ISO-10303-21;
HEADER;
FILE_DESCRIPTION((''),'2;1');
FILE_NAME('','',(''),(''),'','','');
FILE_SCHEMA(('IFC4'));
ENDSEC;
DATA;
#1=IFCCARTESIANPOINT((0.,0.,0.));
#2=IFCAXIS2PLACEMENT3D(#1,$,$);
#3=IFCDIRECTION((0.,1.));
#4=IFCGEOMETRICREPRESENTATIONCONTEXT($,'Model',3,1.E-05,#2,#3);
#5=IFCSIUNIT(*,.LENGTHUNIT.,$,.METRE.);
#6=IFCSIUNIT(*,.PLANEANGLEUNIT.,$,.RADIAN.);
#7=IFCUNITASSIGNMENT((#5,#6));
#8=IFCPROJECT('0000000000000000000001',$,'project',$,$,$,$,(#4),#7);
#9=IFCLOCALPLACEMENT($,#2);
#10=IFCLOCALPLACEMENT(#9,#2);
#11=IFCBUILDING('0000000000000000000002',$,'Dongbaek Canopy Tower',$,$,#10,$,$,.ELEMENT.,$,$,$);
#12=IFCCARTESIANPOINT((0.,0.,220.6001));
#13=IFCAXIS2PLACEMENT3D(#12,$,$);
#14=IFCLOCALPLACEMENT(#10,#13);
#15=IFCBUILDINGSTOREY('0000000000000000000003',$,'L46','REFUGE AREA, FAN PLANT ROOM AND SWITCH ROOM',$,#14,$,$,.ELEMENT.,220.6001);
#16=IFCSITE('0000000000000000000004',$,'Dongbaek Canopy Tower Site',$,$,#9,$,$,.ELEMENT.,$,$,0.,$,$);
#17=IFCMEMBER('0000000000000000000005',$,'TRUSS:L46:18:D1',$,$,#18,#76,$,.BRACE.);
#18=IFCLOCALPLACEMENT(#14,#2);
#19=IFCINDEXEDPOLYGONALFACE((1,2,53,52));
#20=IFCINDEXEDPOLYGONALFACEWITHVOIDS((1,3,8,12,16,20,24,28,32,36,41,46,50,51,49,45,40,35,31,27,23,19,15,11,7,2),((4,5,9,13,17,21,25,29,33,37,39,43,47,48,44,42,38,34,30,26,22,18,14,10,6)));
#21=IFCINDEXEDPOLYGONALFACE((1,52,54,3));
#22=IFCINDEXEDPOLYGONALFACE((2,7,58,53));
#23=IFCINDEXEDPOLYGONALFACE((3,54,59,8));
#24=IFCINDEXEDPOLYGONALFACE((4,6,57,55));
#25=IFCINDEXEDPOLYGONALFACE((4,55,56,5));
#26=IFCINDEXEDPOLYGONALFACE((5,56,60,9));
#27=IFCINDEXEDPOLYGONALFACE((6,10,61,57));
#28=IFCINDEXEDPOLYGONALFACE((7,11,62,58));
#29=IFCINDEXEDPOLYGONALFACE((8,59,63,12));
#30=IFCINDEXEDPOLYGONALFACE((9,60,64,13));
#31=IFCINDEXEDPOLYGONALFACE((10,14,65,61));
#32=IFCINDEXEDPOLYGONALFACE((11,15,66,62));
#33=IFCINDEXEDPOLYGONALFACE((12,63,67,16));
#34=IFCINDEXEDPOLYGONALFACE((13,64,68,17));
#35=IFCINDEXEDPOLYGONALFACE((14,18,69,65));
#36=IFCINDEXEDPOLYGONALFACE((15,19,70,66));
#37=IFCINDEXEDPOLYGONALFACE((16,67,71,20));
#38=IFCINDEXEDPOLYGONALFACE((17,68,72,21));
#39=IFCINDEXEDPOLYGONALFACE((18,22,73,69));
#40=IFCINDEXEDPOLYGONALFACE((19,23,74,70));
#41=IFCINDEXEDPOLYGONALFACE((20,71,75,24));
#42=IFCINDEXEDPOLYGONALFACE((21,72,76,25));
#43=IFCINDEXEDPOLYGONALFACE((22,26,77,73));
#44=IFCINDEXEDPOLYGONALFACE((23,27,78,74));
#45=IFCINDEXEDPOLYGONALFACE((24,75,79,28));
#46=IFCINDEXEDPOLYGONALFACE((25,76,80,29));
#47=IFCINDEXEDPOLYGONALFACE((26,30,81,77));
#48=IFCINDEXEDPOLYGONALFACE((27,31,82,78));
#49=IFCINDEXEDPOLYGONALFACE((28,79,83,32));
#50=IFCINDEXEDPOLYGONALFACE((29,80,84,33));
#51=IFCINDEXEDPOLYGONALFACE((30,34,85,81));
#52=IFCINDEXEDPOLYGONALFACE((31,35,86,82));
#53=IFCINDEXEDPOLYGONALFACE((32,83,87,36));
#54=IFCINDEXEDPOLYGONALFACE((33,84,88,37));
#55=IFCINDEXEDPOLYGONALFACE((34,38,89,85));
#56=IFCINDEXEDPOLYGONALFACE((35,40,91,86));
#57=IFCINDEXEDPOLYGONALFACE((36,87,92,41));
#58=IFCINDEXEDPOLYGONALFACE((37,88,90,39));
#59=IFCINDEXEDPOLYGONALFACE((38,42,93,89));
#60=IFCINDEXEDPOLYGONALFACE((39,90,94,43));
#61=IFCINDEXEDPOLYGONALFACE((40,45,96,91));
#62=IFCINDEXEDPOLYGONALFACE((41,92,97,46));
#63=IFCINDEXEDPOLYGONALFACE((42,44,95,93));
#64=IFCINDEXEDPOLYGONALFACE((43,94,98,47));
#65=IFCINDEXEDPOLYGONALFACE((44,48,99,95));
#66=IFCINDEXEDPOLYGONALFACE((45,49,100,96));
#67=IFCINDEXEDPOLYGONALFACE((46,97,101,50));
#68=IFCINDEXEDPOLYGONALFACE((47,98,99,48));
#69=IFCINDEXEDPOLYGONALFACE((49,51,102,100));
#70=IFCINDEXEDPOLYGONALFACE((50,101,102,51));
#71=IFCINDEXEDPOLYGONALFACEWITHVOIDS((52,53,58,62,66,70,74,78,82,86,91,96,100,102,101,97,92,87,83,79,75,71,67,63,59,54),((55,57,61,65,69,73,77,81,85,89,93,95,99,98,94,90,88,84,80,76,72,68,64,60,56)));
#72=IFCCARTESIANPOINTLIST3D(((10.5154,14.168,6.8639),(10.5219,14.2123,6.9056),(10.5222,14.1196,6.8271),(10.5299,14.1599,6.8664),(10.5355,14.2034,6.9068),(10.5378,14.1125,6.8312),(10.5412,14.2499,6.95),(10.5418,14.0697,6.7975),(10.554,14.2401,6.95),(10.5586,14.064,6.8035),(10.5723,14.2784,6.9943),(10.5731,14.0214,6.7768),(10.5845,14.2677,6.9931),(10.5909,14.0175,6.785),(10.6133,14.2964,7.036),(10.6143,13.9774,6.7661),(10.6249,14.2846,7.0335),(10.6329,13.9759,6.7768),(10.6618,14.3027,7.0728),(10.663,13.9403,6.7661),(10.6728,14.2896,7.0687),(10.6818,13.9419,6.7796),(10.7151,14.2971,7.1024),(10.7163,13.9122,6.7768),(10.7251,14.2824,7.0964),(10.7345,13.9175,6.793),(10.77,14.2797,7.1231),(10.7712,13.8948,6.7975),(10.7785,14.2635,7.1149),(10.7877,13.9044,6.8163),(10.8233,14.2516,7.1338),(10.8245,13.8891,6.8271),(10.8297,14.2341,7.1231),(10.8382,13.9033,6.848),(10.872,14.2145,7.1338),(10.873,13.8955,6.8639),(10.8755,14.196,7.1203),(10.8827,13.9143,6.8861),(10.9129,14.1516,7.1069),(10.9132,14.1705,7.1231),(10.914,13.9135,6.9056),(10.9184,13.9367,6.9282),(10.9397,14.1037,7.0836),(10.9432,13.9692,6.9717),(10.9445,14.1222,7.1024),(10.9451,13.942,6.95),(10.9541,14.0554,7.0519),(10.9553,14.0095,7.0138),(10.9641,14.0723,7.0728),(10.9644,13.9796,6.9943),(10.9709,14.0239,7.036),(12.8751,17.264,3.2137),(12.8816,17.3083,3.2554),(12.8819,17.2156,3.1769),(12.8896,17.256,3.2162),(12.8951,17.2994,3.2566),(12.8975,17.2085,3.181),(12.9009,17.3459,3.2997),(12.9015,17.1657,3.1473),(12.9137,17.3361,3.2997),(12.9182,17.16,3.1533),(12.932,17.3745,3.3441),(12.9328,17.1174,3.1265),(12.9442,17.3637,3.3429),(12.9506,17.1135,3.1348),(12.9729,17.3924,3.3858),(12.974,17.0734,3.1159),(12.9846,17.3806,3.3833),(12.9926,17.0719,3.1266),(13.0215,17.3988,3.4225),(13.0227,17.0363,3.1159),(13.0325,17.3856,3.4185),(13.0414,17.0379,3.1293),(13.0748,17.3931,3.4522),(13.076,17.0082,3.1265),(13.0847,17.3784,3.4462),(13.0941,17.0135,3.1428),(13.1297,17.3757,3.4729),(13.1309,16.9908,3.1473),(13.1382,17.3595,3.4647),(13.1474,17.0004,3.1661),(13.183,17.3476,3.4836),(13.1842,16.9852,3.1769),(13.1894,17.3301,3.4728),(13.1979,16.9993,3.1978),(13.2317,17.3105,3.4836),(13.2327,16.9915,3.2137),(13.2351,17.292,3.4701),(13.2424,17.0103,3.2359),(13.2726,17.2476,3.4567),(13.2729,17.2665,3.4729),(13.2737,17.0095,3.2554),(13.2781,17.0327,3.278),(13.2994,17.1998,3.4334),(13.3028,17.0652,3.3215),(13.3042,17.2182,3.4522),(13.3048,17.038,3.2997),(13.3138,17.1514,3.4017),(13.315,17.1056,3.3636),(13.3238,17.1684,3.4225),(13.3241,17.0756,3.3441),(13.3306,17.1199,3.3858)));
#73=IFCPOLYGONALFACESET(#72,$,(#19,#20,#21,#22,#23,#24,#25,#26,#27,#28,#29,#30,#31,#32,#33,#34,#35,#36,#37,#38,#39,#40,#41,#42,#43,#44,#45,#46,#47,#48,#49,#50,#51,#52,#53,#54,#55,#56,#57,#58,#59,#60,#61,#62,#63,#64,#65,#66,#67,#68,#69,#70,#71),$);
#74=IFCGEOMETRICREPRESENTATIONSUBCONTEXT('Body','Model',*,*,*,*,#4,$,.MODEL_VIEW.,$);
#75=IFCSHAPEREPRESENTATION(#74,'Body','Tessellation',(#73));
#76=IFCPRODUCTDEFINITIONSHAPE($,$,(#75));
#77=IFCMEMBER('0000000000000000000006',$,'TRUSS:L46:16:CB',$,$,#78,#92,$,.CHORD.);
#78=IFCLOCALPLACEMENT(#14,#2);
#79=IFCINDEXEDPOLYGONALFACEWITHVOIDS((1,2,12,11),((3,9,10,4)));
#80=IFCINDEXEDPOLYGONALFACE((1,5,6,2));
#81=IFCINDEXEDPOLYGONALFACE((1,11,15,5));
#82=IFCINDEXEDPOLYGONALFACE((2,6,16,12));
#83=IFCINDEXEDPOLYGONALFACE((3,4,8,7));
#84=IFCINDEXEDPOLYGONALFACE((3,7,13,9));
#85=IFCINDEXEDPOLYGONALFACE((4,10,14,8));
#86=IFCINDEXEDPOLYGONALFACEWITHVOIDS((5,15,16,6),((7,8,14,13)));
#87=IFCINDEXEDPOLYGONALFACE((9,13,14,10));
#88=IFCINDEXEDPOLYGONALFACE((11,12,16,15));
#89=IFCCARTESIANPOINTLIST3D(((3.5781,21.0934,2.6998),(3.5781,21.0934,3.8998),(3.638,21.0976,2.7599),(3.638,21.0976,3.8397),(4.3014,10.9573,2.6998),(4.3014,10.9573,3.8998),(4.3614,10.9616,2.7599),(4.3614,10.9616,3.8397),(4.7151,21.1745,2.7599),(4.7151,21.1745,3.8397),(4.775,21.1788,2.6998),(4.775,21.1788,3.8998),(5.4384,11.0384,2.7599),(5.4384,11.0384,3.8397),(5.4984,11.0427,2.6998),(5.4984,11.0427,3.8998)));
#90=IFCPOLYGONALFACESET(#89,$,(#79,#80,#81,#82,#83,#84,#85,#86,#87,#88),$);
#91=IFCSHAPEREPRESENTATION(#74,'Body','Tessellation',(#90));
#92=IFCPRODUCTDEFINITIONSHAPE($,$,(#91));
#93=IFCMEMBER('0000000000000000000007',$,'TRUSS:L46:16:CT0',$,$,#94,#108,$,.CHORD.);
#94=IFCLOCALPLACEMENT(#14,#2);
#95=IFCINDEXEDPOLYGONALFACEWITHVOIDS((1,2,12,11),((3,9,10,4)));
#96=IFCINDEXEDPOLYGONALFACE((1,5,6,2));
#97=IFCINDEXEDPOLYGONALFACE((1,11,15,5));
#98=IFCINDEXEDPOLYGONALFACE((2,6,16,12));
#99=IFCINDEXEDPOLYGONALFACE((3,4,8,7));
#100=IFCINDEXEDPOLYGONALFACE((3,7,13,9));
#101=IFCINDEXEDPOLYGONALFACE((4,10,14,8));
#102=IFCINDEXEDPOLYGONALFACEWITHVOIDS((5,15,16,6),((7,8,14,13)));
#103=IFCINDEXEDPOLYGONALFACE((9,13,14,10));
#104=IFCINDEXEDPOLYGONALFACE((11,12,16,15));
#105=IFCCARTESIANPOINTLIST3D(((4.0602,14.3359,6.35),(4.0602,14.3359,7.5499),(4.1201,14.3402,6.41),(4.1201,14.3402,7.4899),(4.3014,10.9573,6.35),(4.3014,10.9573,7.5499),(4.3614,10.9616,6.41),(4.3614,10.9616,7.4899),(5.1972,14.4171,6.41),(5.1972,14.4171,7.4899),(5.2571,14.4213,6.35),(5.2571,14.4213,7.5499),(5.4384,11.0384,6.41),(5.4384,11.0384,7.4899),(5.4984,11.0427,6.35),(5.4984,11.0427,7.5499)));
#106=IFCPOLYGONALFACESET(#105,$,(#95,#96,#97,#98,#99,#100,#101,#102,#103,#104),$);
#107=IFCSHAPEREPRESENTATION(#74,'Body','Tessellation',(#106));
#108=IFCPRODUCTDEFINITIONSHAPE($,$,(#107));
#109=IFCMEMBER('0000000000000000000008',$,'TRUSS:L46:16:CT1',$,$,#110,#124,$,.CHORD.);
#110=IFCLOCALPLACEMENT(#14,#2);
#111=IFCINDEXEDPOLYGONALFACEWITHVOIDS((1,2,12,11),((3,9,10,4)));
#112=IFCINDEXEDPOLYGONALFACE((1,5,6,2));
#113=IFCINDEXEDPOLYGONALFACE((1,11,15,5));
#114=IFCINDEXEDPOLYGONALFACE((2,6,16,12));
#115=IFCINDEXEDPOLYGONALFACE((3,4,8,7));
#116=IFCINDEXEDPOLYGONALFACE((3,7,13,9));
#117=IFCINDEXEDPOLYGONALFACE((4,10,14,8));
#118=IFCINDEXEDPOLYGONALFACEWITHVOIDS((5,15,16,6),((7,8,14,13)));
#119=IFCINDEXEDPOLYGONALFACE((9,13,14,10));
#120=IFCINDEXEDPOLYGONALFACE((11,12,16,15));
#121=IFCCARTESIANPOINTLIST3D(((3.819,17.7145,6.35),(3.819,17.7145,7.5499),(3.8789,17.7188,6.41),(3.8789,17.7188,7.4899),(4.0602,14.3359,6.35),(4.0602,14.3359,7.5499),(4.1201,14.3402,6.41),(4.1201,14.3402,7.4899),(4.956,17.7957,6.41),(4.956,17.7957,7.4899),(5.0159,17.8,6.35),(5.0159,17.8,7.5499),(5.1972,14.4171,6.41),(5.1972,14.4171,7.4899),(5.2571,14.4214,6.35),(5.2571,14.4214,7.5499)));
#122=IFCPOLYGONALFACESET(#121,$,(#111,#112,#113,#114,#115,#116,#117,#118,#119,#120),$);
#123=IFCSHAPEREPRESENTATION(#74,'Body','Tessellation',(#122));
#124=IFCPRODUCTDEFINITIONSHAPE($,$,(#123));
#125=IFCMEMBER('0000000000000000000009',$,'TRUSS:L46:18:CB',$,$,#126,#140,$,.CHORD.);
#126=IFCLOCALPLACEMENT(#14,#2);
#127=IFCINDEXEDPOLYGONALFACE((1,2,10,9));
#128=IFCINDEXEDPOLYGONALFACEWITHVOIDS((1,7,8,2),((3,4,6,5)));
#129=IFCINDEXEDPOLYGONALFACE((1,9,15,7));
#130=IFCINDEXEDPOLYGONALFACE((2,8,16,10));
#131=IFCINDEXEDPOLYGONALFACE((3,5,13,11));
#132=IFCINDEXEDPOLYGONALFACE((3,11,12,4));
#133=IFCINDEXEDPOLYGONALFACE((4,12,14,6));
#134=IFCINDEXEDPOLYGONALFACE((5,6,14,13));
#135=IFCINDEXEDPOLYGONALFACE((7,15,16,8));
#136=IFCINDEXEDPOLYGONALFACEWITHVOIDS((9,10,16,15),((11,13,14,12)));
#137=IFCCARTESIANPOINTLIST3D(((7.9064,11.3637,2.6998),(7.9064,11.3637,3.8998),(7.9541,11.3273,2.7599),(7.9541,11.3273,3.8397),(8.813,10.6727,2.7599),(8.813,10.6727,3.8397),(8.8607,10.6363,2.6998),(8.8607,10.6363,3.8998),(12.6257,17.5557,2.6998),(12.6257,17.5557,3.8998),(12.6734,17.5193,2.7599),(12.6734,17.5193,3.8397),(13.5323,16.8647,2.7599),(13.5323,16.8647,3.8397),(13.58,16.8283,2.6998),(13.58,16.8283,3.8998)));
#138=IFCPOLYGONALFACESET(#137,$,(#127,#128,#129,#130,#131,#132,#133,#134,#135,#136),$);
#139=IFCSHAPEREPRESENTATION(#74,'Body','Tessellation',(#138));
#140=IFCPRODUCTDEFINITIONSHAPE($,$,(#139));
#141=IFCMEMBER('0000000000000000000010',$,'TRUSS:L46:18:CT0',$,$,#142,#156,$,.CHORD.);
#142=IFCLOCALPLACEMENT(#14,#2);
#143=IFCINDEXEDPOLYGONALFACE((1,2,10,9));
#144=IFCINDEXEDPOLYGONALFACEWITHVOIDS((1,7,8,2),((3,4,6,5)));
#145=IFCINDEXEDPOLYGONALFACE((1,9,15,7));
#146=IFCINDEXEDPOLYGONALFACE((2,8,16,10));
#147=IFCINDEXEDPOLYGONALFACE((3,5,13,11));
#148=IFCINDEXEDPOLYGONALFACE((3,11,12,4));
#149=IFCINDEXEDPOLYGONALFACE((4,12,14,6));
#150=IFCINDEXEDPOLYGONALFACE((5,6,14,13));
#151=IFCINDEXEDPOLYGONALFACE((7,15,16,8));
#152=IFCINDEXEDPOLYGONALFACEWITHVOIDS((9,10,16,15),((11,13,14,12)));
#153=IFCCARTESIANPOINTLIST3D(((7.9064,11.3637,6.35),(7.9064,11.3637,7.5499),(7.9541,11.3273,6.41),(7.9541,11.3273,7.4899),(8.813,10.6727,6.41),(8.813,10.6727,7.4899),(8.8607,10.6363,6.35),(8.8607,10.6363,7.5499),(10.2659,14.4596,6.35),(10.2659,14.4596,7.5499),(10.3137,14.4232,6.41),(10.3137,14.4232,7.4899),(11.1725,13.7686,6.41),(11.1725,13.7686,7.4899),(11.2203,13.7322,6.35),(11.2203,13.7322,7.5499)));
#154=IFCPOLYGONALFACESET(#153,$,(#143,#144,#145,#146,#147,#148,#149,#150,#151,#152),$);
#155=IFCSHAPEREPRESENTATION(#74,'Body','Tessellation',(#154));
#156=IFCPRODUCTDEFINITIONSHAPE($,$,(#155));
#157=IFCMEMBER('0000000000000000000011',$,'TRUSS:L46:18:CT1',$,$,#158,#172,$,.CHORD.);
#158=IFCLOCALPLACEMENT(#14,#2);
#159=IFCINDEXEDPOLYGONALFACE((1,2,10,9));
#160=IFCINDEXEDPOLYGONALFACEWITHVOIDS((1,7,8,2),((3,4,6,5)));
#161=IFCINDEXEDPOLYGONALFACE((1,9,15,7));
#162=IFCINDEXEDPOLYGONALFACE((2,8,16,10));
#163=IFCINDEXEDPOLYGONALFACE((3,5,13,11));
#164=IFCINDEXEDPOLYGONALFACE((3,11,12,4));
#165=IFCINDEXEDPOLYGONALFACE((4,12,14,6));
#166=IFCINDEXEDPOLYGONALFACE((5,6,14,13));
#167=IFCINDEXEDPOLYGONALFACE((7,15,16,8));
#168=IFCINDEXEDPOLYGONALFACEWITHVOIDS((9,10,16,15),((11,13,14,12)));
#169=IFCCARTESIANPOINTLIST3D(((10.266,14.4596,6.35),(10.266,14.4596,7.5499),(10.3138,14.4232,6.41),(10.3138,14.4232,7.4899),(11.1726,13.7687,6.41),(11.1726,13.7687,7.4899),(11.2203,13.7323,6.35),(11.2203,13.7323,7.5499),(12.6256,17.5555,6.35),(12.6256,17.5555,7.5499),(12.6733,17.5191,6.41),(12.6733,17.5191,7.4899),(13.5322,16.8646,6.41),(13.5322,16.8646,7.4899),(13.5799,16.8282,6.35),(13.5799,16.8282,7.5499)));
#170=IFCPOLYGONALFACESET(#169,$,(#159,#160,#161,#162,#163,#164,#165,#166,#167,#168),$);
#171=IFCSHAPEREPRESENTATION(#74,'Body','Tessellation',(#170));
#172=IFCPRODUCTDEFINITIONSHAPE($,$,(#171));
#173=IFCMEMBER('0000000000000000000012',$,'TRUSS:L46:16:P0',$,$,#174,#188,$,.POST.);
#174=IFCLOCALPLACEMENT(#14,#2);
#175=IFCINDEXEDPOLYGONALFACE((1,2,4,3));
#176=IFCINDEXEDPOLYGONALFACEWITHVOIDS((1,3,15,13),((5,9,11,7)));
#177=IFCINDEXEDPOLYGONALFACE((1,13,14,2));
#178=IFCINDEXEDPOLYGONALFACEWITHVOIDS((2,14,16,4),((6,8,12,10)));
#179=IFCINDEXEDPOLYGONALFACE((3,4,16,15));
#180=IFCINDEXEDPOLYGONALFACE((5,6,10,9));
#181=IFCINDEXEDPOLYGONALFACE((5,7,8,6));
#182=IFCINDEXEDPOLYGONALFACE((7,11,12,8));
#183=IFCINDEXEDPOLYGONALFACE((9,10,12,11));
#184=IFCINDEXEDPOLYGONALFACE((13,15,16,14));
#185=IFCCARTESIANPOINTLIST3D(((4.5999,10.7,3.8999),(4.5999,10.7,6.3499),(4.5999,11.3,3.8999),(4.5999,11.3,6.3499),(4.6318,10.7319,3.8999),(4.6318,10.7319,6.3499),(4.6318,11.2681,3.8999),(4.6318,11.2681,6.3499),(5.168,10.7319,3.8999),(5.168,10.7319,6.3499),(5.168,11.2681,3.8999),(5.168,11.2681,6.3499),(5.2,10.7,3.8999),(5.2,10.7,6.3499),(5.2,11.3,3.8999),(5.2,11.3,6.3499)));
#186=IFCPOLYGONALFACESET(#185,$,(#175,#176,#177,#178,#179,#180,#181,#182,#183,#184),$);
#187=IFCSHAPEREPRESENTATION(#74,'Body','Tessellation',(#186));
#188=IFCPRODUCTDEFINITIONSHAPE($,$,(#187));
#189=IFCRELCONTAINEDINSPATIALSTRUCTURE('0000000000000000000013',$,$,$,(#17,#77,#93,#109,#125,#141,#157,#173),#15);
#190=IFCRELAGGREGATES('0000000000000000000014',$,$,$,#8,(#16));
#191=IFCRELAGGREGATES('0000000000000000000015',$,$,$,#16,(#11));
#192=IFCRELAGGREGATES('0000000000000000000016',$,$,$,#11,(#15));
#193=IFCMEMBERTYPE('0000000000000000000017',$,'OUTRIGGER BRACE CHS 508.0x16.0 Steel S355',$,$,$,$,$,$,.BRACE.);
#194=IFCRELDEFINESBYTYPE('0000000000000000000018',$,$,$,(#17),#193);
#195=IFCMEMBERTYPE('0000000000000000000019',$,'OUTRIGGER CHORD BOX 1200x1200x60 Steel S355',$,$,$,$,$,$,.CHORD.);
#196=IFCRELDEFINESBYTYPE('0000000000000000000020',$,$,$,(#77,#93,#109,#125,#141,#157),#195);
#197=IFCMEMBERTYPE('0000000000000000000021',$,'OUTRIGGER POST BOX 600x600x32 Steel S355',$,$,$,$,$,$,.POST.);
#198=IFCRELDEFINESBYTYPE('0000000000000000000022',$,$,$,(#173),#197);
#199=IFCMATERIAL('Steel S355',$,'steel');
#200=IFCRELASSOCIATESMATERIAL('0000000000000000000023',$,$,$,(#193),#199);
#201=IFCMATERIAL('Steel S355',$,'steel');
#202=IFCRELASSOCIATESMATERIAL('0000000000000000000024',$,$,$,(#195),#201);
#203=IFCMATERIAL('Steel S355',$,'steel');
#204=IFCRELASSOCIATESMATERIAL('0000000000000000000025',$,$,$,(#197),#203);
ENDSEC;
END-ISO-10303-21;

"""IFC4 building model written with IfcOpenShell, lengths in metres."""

from ifc_helpers import new_model, si_unit, direction, frame, origin, origin_2d, place, context, subcontext, project, spatial, hollow_rectangle, hollow_circle, extrude, material, material_profile, profile_set, type_object, element, save


model = new_model("IFC4")

# Units and contexts
model_context = context("Model", 3, precision=1e-05, world=origin(), true_north=direction((0.0, 1.0)))
body_context = subcontext(model_context, "Body", "Model", "MODEL_VIEW")
ifc_project = project(units=[si_unit("LENGTHUNIT", "METRE"), si_unit("PLANEANGLEUNIT", "RADIAN")], contexts=[model_context])

# Site, building, storey
site_placement = place(None, origin())
site = spatial("IfcSite", under=ifc_project, at=site_placement, Name="Dongbaek Canopy Tower Site", CompositionType="ELEMENT", RefElevation=0.0)
building_placement = place(site_placement, origin())
building = spatial("IfcBuilding", under=site, at=building_placement, Name="Dongbaek Canopy Tower", CompositionType="ELEMENT")
storey_placement = place(building_placement, frame((0.0, 0.0, 220.6001)))
storey = spatial("IfcBuildingStorey", under=building, at=storey_placement, Name="L46", Description="REFUGE AREA, FAN PLANT ROOM AND SWITCH ROOM", CompositionType="ELEMENT", Elevation=220.6001)

# Members
ifc_material_1 = material(Name="Steel S355", Category="steel")
ifc_material_profile_1 = material_profile(ifc_material_1, hollow_circle(Radius=0.2539, WallThickness=0.0161, at=origin_2d()), Name="OUTRIGGER BRACE CHS 508.0x16.0 Steel S355")
ifc_profile_set_1 = profile_set([ifc_material_profile_1], Name="Steel S355")
member_type_1 = type_object("IfcMemberType", Name="OUTRIGGER BRACE CHS 508.0x16.0 Steel S355", PredefinedType="BRACE", material=ifc_profile_set_1)
for number, where, z_axis, x_axis, name in (
    (1, (10.7432, 14.0959, 6.95), (0.442181, 0.580166, -0.68402), (-0.795332, 0.606174, 0.0), "TRUSS:L46:18:D1"),
):
    element("IfcMember", number, at=place(storey_placement, frame(where, z_axis=z_axis, x_axis=x_axis)), inside=storey, type_object=member_type_1, Name=name, PredefinedType="BRACE", context=body_context, shape_type="SweptSolid", body=[
        extrude(hollow_circle(Radius=0.2539, WallThickness=0.0161, at=origin_2d()), origin(), (0.0, 0.0, 1.0), 5.3364),
    ])
ifc_material_2 = material(Name="Steel S355", Category="steel")
ifc_material_profile_2 = material_profile(ifc_material_2, hollow_rectangle(XDim=1.2, YDim=1.2, WallThickness=0.0601, at=origin_2d()), Name="OUTRIGGER CHORD BOX 1200x1200x60 Steel S355")
ifc_profile_set_2 = profile_set([ifc_material_profile_2], Name="Steel S355")
member_type_2 = type_object("IfcMemberType", Name="OUTRIGGER CHORD BOX 1200x1200x60 Steel S355", PredefinedType="CHORD", material=ifc_profile_set_2)
member_1_placement = place(storey_placement, frame((4.8999, 11.0, 3.2998), z_axis=(-0.071187, 0.997463, 0.0), x_axis=(-0.997463, -0.071187, 0.0)))
element("IfcMember", 2, at=member_1_placement, inside=storey, type_object=member_type_2, Name="TRUSS:L46:16:CB", PredefinedType="CHORD", context=body_context, shape_type="SweptSolid", body=[
    extrude(hollow_rectangle(XDim=1.2, YDim=1.2, WallThickness=0.0601, at=origin_2d()), origin(), (0.0, 0.0, 1.0), 10.1619),
])
for number, where, z_axis, x_axis, name in (
    (3, (4.8999, 11.0, 6.95), (-0.071211, 0.997461, 0.0), (-0.997461, -0.071211, 0.0), "TRUSS:L46:16:CT0"),
    (4, (4.6587, 14.3787, 6.95), (-0.071211, 0.997461, 0.0), (-0.997461, -0.071211, 0.0), "TRUSS:L46:16:CT1"),
):
    element("IfcMember", number, at=place(storey_placement, frame(where, z_axis=z_axis, x_axis=x_axis)), inside=storey, type_object=member_type_2, Name=name, PredefinedType="CHORD", context=body_context, shape_type="SweptSolid", body=[
        extrude(hollow_rectangle(XDim=1.2, YDim=1.2, WallThickness=0.0601, at=origin_2d()), origin(), (0.0, 0.0, 1.0), 3.3872),
    ])
member_2_placement = place(storey_placement, frame((8.3835, 11.0, 3.2998), z_axis=(0.606174, 0.795332, 0.0), x_axis=(-0.795332, 0.606174, 0.0)))
element("IfcMember", 5, at=member_2_placement, inside=storey, type_object=member_type_2, Name="TRUSS:L46:18:CB", PredefinedType="CHORD", context=body_context, shape_type="SweptSolid", body=[
    extrude(hollow_rectangle(XDim=1.2, YDim=1.2, WallThickness=0.0601, at=origin_2d()), origin(), (0.0, 0.0, 1.0), 7.7854),
])
for number, where, z_axis, x_axis, name in (
    (6, (8.3835, 11.0, 6.95), (0.606174, 0.795332, 0.0), (-0.795332, 0.606174, 0.0), "TRUSS:L46:18:CT0"),
    (7, (10.7432, 14.0959, 6.95), (0.606174, 0.795332, 0.0), (-0.795332, 0.606174, 0.0), "TRUSS:L46:18:CT1"),
):
    element("IfcMember", number, at=place(storey_placement, frame(where, z_axis=z_axis, x_axis=x_axis)), inside=storey, type_object=member_type_2, Name=name, PredefinedType="CHORD", context=body_context, shape_type="SweptSolid", body=[
        extrude(hollow_rectangle(XDim=1.2, YDim=1.2, WallThickness=0.0601, at=origin_2d()), origin(), (0.0, 0.0, 1.0), 3.8926),
    ])
ifc_material_3 = material(Name="Steel S355", Category="steel")
ifc_material_profile_3 = material_profile(ifc_material_3, hollow_rectangle(XDim=0.6001, YDim=0.6001, WallThickness=0.032, at=origin_2d()), Name="OUTRIGGER POST BOX 600x600x32 Steel S355")
ifc_profile_set_3 = profile_set([ifc_material_profile_3], Name="Steel S355")
member_type_3 = type_object("IfcMemberType", Name="OUTRIGGER POST BOX 600x600x32 Steel S355", PredefinedType="POST", material=ifc_profile_set_3)
for number, where, z_axis, x_axis, name in (
    (8, (4.8999, 11.0, 3.8999), (0.0, 0.0, 1.0), (1.0, 0.0, 0.0), "TRUSS:L46:16:P0"),
):
    element("IfcMember", number, at=place(storey_placement, frame(where, z_axis=z_axis, x_axis=x_axis)), inside=storey, type_object=member_type_3, Name=name, PredefinedType="POST", context=body_context, shape_type="SweptSolid", body=[
        extrude(hollow_rectangle(XDim=0.6001, YDim=0.6001, WallThickness=0.032, at=origin_2d()), origin(), (0.0, 0.0, 1.0), 2.45),
    ])

save(model, "model.ifc")
